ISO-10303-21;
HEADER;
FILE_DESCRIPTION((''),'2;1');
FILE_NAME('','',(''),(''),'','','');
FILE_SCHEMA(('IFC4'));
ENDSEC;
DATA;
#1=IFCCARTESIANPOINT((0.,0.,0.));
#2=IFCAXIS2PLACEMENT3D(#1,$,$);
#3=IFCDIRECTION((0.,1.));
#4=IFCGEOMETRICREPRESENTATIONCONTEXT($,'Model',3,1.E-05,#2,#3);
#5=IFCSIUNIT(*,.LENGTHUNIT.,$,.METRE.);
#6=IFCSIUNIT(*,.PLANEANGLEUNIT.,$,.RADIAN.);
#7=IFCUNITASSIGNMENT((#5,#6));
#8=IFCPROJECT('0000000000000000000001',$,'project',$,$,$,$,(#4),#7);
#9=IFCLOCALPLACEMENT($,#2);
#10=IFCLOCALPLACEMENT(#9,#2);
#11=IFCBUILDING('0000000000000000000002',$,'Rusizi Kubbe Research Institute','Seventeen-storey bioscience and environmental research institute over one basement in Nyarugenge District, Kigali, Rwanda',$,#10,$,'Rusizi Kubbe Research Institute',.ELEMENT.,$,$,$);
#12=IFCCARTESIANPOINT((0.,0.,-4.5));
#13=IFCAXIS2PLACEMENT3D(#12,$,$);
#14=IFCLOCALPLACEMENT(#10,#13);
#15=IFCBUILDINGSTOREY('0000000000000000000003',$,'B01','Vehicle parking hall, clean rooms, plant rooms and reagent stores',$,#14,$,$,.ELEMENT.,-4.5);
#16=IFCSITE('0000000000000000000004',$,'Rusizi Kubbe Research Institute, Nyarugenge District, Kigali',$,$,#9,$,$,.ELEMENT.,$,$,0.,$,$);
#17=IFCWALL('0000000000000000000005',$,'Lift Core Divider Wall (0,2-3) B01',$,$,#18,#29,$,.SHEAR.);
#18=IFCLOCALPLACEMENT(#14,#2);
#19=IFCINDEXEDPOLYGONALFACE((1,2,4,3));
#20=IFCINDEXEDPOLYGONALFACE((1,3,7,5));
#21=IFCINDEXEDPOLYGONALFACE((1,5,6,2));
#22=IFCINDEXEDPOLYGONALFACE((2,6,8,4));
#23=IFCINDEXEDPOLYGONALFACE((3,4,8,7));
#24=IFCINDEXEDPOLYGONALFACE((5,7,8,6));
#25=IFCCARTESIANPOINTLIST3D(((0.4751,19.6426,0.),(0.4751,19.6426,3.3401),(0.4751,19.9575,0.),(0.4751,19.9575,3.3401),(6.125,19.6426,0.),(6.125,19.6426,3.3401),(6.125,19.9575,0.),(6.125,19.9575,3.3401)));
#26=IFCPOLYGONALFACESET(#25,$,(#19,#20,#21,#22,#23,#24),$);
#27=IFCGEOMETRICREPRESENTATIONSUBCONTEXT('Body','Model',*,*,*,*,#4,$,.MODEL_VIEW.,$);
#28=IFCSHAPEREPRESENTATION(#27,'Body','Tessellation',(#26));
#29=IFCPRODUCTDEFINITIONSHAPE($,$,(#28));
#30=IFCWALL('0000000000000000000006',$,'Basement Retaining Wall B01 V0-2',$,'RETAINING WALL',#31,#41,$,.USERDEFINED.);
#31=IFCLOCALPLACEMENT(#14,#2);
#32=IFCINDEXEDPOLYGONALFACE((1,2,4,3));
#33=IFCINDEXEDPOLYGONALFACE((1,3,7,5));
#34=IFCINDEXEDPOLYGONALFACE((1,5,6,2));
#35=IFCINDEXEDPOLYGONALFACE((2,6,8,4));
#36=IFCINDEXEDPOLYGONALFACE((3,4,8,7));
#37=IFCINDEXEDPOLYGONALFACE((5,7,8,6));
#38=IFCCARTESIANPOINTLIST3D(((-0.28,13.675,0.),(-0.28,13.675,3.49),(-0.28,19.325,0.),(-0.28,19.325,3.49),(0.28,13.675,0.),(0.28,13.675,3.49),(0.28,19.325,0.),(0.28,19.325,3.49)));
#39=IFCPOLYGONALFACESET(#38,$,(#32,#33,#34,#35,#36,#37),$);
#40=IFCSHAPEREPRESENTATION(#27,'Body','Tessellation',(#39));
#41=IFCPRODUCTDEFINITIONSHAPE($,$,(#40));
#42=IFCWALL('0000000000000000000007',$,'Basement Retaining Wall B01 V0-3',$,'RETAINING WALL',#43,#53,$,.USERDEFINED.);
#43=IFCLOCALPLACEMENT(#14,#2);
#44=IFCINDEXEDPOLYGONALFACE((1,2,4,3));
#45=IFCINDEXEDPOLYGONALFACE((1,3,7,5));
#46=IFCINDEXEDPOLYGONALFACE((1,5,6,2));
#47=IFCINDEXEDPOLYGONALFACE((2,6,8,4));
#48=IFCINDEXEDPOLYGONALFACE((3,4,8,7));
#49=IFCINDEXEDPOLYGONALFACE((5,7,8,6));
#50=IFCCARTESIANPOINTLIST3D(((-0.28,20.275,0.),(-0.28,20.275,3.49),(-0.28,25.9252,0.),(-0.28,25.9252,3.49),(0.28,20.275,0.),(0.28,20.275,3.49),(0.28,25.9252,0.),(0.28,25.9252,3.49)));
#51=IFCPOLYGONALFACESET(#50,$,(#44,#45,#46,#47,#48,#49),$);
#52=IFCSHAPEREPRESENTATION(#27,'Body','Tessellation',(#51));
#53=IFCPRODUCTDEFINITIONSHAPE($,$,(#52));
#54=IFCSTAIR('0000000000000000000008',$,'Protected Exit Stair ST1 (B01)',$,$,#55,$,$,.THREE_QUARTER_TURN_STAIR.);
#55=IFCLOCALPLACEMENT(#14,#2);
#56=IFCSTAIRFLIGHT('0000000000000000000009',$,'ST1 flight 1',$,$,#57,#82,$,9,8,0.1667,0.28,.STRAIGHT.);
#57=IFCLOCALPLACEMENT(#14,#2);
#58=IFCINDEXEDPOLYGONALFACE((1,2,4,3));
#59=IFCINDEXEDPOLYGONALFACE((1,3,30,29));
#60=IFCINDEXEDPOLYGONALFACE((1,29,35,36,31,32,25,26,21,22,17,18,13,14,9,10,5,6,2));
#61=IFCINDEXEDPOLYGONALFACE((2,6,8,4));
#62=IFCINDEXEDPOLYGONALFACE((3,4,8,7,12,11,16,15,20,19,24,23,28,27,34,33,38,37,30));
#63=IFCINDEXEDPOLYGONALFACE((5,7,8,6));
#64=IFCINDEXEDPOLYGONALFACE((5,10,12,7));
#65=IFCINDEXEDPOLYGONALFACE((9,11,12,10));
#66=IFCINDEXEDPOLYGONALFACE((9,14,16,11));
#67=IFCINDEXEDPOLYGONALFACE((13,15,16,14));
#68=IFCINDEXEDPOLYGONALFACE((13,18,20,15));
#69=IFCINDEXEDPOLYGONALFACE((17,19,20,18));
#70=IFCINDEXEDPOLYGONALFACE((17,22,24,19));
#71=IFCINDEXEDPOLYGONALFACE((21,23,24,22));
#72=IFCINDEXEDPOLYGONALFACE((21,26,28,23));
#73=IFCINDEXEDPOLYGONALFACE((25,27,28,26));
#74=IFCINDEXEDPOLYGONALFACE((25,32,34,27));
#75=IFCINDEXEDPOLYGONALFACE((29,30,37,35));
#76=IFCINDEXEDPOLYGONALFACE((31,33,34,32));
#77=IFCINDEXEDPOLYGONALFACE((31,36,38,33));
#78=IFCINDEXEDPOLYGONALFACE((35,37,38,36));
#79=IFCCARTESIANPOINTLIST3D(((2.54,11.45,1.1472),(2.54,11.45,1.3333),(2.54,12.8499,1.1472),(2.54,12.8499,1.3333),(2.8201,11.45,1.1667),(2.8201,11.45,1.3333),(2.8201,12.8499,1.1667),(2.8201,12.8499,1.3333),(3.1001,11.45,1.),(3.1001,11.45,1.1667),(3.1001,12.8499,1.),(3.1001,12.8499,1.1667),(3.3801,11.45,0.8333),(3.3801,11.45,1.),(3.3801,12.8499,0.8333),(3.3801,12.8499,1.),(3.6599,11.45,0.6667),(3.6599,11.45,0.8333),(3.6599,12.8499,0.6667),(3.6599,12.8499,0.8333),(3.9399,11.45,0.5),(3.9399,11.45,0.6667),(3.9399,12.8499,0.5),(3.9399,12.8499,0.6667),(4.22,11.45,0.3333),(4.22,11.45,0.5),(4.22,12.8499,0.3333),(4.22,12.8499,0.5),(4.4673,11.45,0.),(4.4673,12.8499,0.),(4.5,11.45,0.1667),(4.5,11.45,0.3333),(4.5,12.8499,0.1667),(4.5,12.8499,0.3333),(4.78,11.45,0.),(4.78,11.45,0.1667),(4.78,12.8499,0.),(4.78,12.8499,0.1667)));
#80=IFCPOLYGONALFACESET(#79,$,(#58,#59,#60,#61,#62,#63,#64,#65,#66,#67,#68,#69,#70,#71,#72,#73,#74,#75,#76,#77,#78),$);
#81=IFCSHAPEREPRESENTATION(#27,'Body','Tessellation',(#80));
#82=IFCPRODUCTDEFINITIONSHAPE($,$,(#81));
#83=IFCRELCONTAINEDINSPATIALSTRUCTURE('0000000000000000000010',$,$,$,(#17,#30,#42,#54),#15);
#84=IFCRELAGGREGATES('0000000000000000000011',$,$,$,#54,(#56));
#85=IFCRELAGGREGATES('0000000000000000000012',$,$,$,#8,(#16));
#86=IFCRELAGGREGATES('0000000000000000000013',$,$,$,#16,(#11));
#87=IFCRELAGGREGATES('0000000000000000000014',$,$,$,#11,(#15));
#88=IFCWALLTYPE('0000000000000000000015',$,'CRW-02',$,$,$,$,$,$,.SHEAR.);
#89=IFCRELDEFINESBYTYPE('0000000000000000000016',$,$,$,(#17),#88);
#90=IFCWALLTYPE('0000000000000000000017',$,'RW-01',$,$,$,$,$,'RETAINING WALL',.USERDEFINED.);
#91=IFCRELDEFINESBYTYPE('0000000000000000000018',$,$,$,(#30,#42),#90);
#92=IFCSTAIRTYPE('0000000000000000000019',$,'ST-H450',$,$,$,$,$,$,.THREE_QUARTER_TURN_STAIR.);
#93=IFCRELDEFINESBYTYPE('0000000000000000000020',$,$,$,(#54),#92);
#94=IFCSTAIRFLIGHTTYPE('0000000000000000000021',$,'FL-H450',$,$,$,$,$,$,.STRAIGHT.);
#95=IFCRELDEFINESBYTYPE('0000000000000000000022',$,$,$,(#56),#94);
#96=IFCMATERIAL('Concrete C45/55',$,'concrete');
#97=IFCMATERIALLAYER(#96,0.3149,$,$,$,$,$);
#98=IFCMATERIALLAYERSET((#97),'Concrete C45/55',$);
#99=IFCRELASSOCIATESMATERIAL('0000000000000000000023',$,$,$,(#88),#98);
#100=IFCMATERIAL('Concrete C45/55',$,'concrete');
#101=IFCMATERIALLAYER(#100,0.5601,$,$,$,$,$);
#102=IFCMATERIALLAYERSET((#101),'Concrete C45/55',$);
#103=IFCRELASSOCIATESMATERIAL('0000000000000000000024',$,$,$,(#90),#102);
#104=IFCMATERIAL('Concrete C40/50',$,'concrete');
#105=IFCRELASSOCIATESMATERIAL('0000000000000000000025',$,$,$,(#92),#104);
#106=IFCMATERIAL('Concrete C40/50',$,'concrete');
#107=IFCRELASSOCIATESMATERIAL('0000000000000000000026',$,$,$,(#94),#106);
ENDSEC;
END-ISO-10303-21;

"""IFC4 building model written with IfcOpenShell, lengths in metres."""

from ifc_helpers import new_model, si_unit, direction, frame, frame_2d, origin, place, context, subcontext, project, spatial, polyline, rectangle, outline, extrude, material, layer, layer_set, type_object, element, aggregate, save


model = new_model("IFC4")

# Units and contexts
model_context = context("Model", 3, precision=1e-05, world=origin(), true_north=direction((0.0, 1.0)))
body_context = subcontext(model_context, "Body", "Model", "MODEL_VIEW")
ifc_project = project(units=[si_unit("LENGTHUNIT", "METRE"), si_unit("PLANEANGLEUNIT", "RADIAN")], contexts=[model_context])

# Site, building, storey
site_placement = place(None, origin())
site = spatial("IfcSite", under=ifc_project, at=site_placement, Name="Rusizi Kubbe Research Institute, Nyarugenge District, Kigali", CompositionType="ELEMENT", RefElevation=0.0)
building_placement = place(site_placement, origin())
building = spatial("IfcBuilding", under=site, at=building_placement, Name="Rusizi Kubbe Research Institute", Description="Seventeen-storey bioscience and environmental research institute over one basement in Nyarugenge District, Kigali, Rwanda", LongName="Rusizi Kubbe Research Institute", CompositionType="ELEMENT")
storey_placement = place(building_placement, frame((0.0, 0.0, -4.5)))
storey = spatial("IfcBuildingStorey", under=building, at=storey_placement, Name="B01", Description="Vehicle parking hall, clean rooms, plant rooms and reagent stores", CompositionType="ELEMENT", Elevation=-4.5)

# Wall
ifc_material_1 = material(Name="Concrete C45/55", Category="concrete")
ifc_layer_1 = layer(ifc_material_1, 0.3149)
ifc_layer_set_1 = layer_set([ifc_layer_1], Name="Concrete C45/55")
wall_type_1 = type_object("IfcWallType", Name="CRW-02", PredefinedType="SHEAR", material=ifc_layer_set_1)
wall_1_placement = place(storey_placement, frame((0.4751, 19.8, 0.0), z_axis=(0.0, 0.0, 1.0), x_axis=(1.0, 0.0, 0.0)))
element("IfcWall", 1, at=wall_1_placement, inside=storey, type_object=wall_type_1, Name="Lift Core Divider Wall (0,2-3) B01", PredefinedType="SHEAR", context=body_context, shape_type="SweptSolid", body=[
    extrude(rectangle(XDim=5.6499, YDim=0.3149, at=frame_2d((2.825, 0.0))), origin(), (0.0, 0.0, 1.0), 3.3401),
])

# Walls
ifc_material_2 = material(Name="Concrete C45/55", Category="concrete")
ifc_layer_2 = layer(ifc_material_2, 0.5601)
ifc_layer_set_2 = layer_set([ifc_layer_2], Name="Concrete C45/55")
wall_type_2 = type_object("IfcWallType", Name="RW-01", ElementType="RETAINING WALL", PredefinedType="USERDEFINED", material=ifc_layer_set_2)
wall_2_placement = place(storey_placement, frame((0.0, 13.675, 0.0), z_axis=(0.0, 0.0, 1.0), x_axis=(0.0, 1.0, 0.0)))
element("IfcWall", 2, at=wall_2_placement, inside=storey, type_object=wall_type_2, Name="Basement Retaining Wall B01 V0-2", ObjectType="RETAINING WALL", PredefinedType="USERDEFINED", context=body_context, shape_type="SweptSolid", body=[
    extrude(rectangle(XDim=5.6499, YDim=0.5601, at=frame_2d((2.825, 0.0))), origin(), (0.0, 0.0, 1.0), 3.49),
])
wall_3_placement = place(storey_placement, frame((0.0, 20.2749, 0.0), z_axis=(0.0, 0.0, 1.0), x_axis=(0.0, 1.0, 0.0)))
element("IfcWall", 3, at=wall_3_placement, inside=storey, type_object=wall_type_2, Name="Basement Retaining Wall B01 V0-3", ObjectType="RETAINING WALL", PredefinedType="USERDEFINED", context=body_context, shape_type="SweptSolid", body=[
    extrude(rectangle(XDim=5.6501, YDim=0.5601, at=frame_2d((2.8252, 0.0))), origin(), (0.0, 0.0, 1.0), 3.49),
])

# Stair, stair flight
ifc_material_3 = material(Name="Concrete C40/50", Category="concrete")
stair_type = type_object("IfcStairType", Name="ST-H450", PredefinedType="THREE_QUARTER_TURN_STAIR", material=ifc_material_3)
stair_placement = place(storey_placement, origin())
stair = element("IfcStair", 4, at=stair_placement, inside=storey, type_object=stair_type, Name="Protected Exit Stair ST1 (B01)", PredefinedType="THREE_QUARTER_TURN_STAIR")
ifc_material_4 = material(Name="Concrete C40/50", Category="concrete")
stair_flight_type = type_object("IfcStairFlightType", Name="FL-H450", PredefinedType="STRAIGHT", material=ifc_material_4)
stair_flight_placement = place(storey_placement, frame((4.78, 12.1499, 0.0), z_axis=(0.0, 0.0, 1.0), x_axis=(-1.0, 0.0, 0.0)))
stair_flight = element("IfcStairFlight", 5, at=stair_flight_placement, type_object=stair_flight_type, Name="ST1 flight 1", NumberOfRisers=9, NumberOfTreads=8, PredefinedType="STRAIGHT", RiserHeight=0.1667, TreadLength=0.28, context=body_context, shape_type="SweptSolid", body=[
    extrude(outline(polyline([(0.0, 0.0), (0.0, 0.1667), (0.28, 0.1667), (0.28, 0.3333), (0.5601, 0.3333), (0.5601, 0.5), (0.8401, 0.5), (0.8401, 0.6667), (1.1201, 0.6667), (1.1201, 0.8333), (1.3999, 0.8333), (1.3999, 1.0), (1.6799, 1.0), (1.6799, 1.1667), (1.96, 1.1667), (1.96, 1.3333), (2.24, 1.3333), (2.24, 1.5), (2.24, 1.1472), (0.3127, 0.0), (0.0, 0.0)])), frame((0.0, 0.7, 0.0), z_axis=(0.0, -1.0, 0.0), x_axis=(1.0, 0.0, 0.0)), (0.0, 0.0, 1.0), 1.3999),
])
aggregate(stair, [stair_flight])

save(model, "model.ifc")
